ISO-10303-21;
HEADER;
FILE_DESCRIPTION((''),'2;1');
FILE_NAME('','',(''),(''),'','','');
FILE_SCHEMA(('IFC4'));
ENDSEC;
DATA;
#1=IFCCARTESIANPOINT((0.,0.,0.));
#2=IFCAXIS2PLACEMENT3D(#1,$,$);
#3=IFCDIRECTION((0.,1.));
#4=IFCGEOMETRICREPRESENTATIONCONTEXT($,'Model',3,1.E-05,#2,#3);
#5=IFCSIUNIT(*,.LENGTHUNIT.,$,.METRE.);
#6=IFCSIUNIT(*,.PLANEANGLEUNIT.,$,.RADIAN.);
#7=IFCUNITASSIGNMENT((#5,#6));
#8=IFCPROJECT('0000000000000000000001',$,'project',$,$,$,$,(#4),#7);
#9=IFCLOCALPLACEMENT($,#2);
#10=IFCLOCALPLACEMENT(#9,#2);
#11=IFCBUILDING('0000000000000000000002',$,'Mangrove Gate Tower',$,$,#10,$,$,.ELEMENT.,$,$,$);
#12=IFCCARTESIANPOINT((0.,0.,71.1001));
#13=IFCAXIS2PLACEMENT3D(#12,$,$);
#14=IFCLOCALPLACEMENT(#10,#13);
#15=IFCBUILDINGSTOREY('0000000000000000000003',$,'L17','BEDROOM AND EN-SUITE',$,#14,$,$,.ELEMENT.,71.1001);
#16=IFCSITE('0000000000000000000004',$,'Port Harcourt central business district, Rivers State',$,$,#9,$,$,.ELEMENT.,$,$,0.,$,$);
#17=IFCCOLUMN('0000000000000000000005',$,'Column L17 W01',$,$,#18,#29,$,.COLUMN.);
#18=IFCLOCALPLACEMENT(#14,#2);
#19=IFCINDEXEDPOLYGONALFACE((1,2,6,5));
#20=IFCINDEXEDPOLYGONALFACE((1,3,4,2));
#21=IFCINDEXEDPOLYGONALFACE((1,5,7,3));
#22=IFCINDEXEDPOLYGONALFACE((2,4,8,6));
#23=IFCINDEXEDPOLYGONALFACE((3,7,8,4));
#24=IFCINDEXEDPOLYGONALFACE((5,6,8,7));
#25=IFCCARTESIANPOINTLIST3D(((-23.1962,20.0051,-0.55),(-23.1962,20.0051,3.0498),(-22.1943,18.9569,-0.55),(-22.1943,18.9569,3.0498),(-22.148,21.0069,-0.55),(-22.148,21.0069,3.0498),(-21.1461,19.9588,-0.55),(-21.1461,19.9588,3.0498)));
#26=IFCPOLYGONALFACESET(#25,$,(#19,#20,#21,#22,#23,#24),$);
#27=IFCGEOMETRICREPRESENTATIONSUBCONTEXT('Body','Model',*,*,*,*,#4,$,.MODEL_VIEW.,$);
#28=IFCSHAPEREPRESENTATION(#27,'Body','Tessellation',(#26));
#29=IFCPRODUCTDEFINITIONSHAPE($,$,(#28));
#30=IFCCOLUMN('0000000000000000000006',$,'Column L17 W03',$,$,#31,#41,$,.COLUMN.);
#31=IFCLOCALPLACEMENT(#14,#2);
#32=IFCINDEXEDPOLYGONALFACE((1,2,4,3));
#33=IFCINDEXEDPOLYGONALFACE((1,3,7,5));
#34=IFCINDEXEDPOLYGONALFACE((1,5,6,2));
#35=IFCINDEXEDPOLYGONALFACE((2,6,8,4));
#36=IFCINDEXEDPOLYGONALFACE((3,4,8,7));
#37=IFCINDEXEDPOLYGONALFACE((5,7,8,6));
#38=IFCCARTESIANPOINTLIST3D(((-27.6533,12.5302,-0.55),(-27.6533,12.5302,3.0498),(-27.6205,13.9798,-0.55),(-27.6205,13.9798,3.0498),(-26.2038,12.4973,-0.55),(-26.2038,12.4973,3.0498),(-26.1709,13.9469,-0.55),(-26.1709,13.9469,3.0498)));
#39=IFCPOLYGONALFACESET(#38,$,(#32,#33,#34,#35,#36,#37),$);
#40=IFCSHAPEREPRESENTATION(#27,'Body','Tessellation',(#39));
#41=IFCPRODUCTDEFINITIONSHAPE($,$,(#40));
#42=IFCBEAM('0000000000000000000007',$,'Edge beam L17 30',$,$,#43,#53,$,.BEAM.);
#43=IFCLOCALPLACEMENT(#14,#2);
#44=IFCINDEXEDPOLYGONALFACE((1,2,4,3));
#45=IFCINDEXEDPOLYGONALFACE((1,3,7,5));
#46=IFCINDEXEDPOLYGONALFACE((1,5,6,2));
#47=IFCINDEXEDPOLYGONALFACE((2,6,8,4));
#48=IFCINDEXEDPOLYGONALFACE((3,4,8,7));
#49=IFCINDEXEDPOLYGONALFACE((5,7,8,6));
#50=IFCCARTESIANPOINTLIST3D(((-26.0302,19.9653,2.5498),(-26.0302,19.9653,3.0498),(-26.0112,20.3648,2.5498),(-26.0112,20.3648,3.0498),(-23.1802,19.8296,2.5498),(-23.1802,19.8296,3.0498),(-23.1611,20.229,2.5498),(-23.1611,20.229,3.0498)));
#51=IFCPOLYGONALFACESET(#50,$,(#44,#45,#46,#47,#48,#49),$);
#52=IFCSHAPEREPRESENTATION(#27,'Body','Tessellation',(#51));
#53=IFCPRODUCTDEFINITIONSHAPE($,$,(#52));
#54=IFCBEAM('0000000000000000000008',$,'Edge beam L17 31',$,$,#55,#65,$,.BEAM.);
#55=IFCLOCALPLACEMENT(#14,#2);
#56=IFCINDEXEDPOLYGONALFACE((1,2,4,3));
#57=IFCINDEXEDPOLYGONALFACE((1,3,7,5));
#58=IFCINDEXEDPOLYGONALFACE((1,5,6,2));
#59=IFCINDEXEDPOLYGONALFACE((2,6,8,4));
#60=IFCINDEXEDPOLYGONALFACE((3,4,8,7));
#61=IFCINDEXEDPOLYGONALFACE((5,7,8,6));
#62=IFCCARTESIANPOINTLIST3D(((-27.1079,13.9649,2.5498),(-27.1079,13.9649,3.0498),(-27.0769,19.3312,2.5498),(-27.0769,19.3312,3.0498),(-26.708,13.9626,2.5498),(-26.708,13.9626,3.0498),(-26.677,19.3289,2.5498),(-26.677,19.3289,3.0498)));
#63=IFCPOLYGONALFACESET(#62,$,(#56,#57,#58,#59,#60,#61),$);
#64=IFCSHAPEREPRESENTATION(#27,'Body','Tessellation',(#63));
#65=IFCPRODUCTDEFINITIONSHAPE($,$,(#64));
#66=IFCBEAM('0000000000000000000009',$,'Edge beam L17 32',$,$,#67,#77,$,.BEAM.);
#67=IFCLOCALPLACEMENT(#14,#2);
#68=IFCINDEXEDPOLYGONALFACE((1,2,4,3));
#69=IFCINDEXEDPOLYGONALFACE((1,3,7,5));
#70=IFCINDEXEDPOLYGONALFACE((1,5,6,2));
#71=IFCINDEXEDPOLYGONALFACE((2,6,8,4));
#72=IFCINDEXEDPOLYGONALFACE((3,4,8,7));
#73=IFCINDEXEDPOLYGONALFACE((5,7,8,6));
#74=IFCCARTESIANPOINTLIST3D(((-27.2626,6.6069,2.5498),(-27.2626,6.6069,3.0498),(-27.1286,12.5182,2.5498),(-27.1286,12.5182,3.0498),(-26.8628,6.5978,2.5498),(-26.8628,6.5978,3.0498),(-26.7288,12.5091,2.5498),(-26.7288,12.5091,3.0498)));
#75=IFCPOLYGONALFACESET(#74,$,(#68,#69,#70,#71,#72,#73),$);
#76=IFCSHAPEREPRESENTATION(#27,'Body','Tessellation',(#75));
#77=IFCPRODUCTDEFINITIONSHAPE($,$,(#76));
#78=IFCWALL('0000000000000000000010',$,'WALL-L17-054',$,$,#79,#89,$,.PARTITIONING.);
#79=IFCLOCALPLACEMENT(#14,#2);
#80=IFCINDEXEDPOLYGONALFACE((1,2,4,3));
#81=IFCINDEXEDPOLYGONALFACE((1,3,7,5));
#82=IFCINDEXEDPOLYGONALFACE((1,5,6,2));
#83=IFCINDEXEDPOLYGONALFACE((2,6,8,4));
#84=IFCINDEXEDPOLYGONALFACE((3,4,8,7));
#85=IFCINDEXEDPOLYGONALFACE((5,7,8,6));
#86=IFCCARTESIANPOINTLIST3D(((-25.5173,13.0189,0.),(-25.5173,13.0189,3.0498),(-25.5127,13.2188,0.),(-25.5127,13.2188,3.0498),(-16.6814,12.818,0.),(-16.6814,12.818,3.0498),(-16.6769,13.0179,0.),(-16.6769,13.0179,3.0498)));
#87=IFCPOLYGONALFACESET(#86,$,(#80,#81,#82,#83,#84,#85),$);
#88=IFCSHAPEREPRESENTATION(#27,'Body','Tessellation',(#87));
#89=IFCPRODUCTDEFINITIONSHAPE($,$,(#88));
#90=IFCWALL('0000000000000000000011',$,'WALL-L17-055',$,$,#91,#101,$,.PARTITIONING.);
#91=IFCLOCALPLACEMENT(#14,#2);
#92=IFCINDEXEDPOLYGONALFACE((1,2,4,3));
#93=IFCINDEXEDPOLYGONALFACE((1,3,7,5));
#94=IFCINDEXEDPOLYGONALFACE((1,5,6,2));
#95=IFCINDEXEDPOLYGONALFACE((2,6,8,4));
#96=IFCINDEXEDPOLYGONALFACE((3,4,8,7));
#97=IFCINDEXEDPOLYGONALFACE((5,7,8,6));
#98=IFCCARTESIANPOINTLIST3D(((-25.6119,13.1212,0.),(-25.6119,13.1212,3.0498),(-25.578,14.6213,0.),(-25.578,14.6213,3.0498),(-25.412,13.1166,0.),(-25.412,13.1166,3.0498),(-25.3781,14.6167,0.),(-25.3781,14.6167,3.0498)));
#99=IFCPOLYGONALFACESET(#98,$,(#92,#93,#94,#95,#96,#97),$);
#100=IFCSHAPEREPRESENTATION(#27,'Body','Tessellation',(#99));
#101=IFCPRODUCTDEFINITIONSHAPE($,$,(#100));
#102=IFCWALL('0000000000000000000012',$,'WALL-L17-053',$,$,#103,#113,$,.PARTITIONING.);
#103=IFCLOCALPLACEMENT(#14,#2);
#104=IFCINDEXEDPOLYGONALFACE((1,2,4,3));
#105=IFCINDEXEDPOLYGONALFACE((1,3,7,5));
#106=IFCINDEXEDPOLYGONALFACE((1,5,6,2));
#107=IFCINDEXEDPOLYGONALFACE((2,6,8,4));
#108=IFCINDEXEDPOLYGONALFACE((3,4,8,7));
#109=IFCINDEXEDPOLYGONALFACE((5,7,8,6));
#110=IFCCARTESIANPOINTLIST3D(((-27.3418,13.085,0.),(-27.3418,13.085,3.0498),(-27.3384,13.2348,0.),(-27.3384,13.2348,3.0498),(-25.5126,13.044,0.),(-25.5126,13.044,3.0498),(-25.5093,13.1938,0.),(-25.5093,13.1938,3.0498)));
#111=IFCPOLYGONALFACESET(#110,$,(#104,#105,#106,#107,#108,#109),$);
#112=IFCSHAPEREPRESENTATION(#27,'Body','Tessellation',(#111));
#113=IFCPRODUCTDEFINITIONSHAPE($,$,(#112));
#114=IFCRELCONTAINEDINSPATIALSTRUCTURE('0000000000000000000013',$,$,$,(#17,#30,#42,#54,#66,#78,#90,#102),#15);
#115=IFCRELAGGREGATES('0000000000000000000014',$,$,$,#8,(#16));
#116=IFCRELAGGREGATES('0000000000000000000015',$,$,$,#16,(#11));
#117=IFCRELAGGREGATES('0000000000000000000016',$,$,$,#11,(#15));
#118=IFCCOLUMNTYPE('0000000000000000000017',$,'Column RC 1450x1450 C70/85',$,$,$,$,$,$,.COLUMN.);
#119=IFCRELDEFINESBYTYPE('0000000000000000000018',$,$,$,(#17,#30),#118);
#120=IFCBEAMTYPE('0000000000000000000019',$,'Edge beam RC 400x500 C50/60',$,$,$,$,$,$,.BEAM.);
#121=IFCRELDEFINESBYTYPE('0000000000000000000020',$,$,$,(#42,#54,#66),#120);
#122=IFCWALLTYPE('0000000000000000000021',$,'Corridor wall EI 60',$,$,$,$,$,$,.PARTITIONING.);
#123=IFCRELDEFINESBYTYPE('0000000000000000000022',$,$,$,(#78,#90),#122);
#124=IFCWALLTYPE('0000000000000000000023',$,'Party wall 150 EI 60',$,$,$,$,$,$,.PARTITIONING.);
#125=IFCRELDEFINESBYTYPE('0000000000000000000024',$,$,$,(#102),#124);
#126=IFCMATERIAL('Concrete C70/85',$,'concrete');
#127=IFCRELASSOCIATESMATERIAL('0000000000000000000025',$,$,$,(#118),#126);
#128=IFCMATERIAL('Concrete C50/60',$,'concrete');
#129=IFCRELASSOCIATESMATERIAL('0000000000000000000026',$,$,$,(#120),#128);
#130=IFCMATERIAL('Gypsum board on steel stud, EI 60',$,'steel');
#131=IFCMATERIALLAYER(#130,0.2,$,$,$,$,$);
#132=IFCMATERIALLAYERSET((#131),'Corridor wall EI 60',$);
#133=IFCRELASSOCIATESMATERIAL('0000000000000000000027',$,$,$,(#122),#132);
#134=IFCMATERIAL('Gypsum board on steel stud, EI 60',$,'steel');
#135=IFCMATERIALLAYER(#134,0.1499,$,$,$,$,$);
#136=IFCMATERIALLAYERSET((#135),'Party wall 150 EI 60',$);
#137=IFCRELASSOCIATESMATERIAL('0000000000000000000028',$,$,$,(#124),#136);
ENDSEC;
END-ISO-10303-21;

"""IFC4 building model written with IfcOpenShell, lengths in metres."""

from ifc_helpers import new_model, si_unit, direction, frame, frame_2d, origin, origin_2d, place, context, subcontext, project, spatial, rectangle, extrude, material, layer, layer_set, material_profile, profile_set, type_object, element, save


model = new_model("IFC4")

# Units and contexts
model_context = context("Model", 3, precision=1e-05, world=origin(), true_north=direction((0.0, 1.0)))
body_context = subcontext(model_context, "Body", "Model", "MODEL_VIEW")
ifc_project = project(units=[si_unit("LENGTHUNIT", "METRE"), si_unit("PLANEANGLEUNIT", "RADIAN")], contexts=[model_context])

# Site, building, storey
site_placement = place(None, origin())
site = spatial("IfcSite", under=ifc_project, at=site_placement, Name="Port Harcourt central business district, Rivers State", CompositionType="ELEMENT", RefElevation=0.0)
building_placement = place(site_placement, origin())
building = spatial("IfcBuilding", under=site, at=building_placement, Name="Mangrove Gate Tower", CompositionType="ELEMENT")
storey_placement = place(building_placement, frame((0.0, 0.0, 71.1001)))
storey = spatial("IfcBuildingStorey", under=building, at=storey_placement, Name="L17", Description="BEDROOM AND EN-SUITE", CompositionType="ELEMENT", Elevation=71.1001)

# Columns
ifc_material_1 = material(Name="Concrete C70/85", Category="concrete")
ifc_material_profile_1 = material_profile(ifc_material_1, rectangle(XDim=1.45, YDim=1.45, at=origin_2d()))
ifc_profile_set_1 = profile_set([ifc_material_profile_1], Name="Concrete C70/85")
column_type = type_object("IfcColumnType", Name="Column RC 1450x1450 C70/85", PredefinedType="COLUMN", material=ifc_profile_set_1)
for number, where, z_axis, x_axis, name in (
    (1, (-22.1711, 19.9819, -0.55), (0.0, 0.0, 1.0), (-0.722911, -0.690942, 0.0), "Column L17 W01"),
    (2, (-26.9121, 13.2385, -0.55), (0.0, 0.0, 1.0), (-0.022683, -0.999743, 0.0), "Column L17 W03"),
):
    element("IfcColumn", number, at=place(storey_placement, frame(where, z_axis=z_axis, x_axis=x_axis)), inside=storey, type_object=column_type, Name=name, PredefinedType="COLUMN", context=body_context, shape_type="SweptSolid", body=[
        extrude(rectangle(XDim=1.45, YDim=1.45, at=origin_2d()), origin(), (0.0, 0.0, 1.0), 3.5999),
    ])

# Beams
ifc_material_2 = material(Name="Concrete C50/60", Category="concrete")
ifc_material_profile_2 = material_profile(ifc_material_2, rectangle(XDim=0.3999, YDim=0.5, at=origin_2d()))
ifc_profile_set_2 = profile_set([ifc_material_profile_2], Name="Concrete C50/60")
beam_type = type_object("IfcBeamType", Name="Edge beam RC 400x500 C50/60", PredefinedType="BEAM", material=ifc_profile_set_2)
beam_1_placement = place(storey_placement, frame((-23.1707, 20.0293, 2.7998), z_axis=(-0.998868, 0.047573, 0.0), x_axis=(-0.047573, -0.998868, 0.0)))
element("IfcBeam", 3, at=beam_1_placement, inside=storey, type_object=beam_type, Name="Edge beam L17 30", PredefinedType="BEAM", context=body_context, shape_type="SweptSolid", body=[
    extrude(rectangle(XDim=0.3999, YDim=0.5, at=origin_2d()), origin(), (0.0, 0.0, 1.0), 2.8533),
])
beam_2_placement = place(storey_placement, frame((-26.877, 19.3301, 2.7998), z_axis=(-0.005778, -0.999983, 0.0), x_axis=(0.999983, -0.005778, 0.0)))
element("IfcBeam", 4, at=beam_2_placement, inside=storey, type_object=beam_type, Name="Edge beam L17 31", PredefinedType="BEAM", context=body_context, shape_type="SweptSolid", body=[
    extrude(rectangle(XDim=0.3999, YDim=0.5, at=origin_2d()), origin(), (0.0, 0.0, 1.0), 5.3665),
])
beam_3_placement = place(storey_placement, frame((-26.9287, 12.5137, 2.7998), z_axis=(-0.022668, -0.999743, 0.0), x_axis=(0.999743, -0.022668, 0.0)))
element("IfcBeam", 5, at=beam_3_placement, inside=storey, type_object=beam_type, Name="Edge beam L17 32", PredefinedType="BEAM", context=body_context, shape_type="SweptSolid", body=[
    extrude(rectangle(XDim=0.3999, YDim=0.5, at=origin_2d()), origin(), (0.0, 0.0, 1.0), 5.9128),
])

# Walls
ifc_material_3 = material(Name="Gypsum board on steel stud, EI 60", Category="steel")
ifc_layer_1 = layer(ifc_material_3, 0.2)
ifc_layer_set_1 = layer_set([ifc_layer_1], Name="Corridor wall EI 60")
wall_type_1 = type_object("IfcWallType", Name="Corridor wall EI 60", PredefinedType="PARTITIONING", material=ifc_layer_set_1)
wall_1_placement = place(storey_placement, frame((-25.5149, 13.1189, 0.0), z_axis=(0.0, 0.0, 1.0), x_axis=(0.999742, -0.022734, 0.0)))
element("IfcWall", 6, at=wall_1_placement, inside=storey, type_object=wall_type_1, Name="WALL-L17-054", PredefinedType="PARTITIONING", context=body_context, shape_type="SweptSolid", body=[
    extrude(rectangle(XDim=8.8381, YDim=0.2, at=frame_2d((4.4189, 0.0))), origin(), (0.0, 0.0, 1.0), 3.0498),
])
wall_2_placement = place(storey_placement, frame((-25.512, 13.1189, 0.0), z_axis=(0.0, 0.0, 1.0), x_axis=(0.022618, 0.999744, 0.0)))
element("IfcWall", 7, at=wall_2_placement, inside=storey, type_object=wall_type_1, Name="WALL-L17-055", PredefinedType="PARTITIONING", context=body_context, shape_type="SweptSolid", body=[
    extrude(rectangle(XDim=1.5005, YDim=0.2, at=frame_2d((0.7502, 0.0))), origin(), (0.0, 0.0, 1.0), 3.0498),
])

# Wall
ifc_material_4 = material(Name="Gypsum board on steel stud, EI 60", Category="steel")
ifc_layer_2 = layer(ifc_material_4, 0.1499)
ifc_layer_set_2 = layer_set([ifc_layer_2], Name="Party wall 150 EI 60")
wall_type_2 = type_object("IfcWallType", Name="Party wall 150 EI 60", PredefinedType="PARTITIONING", material=ifc_layer_set_2)
wall_3_placement = place(storey_placement, frame((-27.3401, 13.1599, 0.0), z_axis=(0.0, 0.0, 1.0), x_axis=(0.999749, -0.022418, 0.0)))
element("IfcWall", 8, at=wall_3_placement, inside=storey, type_object=wall_type_2, Name="WALL-L17-053", PredefinedType="PARTITIONING", context=body_context, shape_type="SweptSolid", body=[
    extrude(rectangle(XDim=1.8296, YDim=0.1499, at=frame_2d((0.9148, 0.0))), origin(), (0.0, 0.0, 1.0), 3.0498),
])

save(model, "model.ifc")
